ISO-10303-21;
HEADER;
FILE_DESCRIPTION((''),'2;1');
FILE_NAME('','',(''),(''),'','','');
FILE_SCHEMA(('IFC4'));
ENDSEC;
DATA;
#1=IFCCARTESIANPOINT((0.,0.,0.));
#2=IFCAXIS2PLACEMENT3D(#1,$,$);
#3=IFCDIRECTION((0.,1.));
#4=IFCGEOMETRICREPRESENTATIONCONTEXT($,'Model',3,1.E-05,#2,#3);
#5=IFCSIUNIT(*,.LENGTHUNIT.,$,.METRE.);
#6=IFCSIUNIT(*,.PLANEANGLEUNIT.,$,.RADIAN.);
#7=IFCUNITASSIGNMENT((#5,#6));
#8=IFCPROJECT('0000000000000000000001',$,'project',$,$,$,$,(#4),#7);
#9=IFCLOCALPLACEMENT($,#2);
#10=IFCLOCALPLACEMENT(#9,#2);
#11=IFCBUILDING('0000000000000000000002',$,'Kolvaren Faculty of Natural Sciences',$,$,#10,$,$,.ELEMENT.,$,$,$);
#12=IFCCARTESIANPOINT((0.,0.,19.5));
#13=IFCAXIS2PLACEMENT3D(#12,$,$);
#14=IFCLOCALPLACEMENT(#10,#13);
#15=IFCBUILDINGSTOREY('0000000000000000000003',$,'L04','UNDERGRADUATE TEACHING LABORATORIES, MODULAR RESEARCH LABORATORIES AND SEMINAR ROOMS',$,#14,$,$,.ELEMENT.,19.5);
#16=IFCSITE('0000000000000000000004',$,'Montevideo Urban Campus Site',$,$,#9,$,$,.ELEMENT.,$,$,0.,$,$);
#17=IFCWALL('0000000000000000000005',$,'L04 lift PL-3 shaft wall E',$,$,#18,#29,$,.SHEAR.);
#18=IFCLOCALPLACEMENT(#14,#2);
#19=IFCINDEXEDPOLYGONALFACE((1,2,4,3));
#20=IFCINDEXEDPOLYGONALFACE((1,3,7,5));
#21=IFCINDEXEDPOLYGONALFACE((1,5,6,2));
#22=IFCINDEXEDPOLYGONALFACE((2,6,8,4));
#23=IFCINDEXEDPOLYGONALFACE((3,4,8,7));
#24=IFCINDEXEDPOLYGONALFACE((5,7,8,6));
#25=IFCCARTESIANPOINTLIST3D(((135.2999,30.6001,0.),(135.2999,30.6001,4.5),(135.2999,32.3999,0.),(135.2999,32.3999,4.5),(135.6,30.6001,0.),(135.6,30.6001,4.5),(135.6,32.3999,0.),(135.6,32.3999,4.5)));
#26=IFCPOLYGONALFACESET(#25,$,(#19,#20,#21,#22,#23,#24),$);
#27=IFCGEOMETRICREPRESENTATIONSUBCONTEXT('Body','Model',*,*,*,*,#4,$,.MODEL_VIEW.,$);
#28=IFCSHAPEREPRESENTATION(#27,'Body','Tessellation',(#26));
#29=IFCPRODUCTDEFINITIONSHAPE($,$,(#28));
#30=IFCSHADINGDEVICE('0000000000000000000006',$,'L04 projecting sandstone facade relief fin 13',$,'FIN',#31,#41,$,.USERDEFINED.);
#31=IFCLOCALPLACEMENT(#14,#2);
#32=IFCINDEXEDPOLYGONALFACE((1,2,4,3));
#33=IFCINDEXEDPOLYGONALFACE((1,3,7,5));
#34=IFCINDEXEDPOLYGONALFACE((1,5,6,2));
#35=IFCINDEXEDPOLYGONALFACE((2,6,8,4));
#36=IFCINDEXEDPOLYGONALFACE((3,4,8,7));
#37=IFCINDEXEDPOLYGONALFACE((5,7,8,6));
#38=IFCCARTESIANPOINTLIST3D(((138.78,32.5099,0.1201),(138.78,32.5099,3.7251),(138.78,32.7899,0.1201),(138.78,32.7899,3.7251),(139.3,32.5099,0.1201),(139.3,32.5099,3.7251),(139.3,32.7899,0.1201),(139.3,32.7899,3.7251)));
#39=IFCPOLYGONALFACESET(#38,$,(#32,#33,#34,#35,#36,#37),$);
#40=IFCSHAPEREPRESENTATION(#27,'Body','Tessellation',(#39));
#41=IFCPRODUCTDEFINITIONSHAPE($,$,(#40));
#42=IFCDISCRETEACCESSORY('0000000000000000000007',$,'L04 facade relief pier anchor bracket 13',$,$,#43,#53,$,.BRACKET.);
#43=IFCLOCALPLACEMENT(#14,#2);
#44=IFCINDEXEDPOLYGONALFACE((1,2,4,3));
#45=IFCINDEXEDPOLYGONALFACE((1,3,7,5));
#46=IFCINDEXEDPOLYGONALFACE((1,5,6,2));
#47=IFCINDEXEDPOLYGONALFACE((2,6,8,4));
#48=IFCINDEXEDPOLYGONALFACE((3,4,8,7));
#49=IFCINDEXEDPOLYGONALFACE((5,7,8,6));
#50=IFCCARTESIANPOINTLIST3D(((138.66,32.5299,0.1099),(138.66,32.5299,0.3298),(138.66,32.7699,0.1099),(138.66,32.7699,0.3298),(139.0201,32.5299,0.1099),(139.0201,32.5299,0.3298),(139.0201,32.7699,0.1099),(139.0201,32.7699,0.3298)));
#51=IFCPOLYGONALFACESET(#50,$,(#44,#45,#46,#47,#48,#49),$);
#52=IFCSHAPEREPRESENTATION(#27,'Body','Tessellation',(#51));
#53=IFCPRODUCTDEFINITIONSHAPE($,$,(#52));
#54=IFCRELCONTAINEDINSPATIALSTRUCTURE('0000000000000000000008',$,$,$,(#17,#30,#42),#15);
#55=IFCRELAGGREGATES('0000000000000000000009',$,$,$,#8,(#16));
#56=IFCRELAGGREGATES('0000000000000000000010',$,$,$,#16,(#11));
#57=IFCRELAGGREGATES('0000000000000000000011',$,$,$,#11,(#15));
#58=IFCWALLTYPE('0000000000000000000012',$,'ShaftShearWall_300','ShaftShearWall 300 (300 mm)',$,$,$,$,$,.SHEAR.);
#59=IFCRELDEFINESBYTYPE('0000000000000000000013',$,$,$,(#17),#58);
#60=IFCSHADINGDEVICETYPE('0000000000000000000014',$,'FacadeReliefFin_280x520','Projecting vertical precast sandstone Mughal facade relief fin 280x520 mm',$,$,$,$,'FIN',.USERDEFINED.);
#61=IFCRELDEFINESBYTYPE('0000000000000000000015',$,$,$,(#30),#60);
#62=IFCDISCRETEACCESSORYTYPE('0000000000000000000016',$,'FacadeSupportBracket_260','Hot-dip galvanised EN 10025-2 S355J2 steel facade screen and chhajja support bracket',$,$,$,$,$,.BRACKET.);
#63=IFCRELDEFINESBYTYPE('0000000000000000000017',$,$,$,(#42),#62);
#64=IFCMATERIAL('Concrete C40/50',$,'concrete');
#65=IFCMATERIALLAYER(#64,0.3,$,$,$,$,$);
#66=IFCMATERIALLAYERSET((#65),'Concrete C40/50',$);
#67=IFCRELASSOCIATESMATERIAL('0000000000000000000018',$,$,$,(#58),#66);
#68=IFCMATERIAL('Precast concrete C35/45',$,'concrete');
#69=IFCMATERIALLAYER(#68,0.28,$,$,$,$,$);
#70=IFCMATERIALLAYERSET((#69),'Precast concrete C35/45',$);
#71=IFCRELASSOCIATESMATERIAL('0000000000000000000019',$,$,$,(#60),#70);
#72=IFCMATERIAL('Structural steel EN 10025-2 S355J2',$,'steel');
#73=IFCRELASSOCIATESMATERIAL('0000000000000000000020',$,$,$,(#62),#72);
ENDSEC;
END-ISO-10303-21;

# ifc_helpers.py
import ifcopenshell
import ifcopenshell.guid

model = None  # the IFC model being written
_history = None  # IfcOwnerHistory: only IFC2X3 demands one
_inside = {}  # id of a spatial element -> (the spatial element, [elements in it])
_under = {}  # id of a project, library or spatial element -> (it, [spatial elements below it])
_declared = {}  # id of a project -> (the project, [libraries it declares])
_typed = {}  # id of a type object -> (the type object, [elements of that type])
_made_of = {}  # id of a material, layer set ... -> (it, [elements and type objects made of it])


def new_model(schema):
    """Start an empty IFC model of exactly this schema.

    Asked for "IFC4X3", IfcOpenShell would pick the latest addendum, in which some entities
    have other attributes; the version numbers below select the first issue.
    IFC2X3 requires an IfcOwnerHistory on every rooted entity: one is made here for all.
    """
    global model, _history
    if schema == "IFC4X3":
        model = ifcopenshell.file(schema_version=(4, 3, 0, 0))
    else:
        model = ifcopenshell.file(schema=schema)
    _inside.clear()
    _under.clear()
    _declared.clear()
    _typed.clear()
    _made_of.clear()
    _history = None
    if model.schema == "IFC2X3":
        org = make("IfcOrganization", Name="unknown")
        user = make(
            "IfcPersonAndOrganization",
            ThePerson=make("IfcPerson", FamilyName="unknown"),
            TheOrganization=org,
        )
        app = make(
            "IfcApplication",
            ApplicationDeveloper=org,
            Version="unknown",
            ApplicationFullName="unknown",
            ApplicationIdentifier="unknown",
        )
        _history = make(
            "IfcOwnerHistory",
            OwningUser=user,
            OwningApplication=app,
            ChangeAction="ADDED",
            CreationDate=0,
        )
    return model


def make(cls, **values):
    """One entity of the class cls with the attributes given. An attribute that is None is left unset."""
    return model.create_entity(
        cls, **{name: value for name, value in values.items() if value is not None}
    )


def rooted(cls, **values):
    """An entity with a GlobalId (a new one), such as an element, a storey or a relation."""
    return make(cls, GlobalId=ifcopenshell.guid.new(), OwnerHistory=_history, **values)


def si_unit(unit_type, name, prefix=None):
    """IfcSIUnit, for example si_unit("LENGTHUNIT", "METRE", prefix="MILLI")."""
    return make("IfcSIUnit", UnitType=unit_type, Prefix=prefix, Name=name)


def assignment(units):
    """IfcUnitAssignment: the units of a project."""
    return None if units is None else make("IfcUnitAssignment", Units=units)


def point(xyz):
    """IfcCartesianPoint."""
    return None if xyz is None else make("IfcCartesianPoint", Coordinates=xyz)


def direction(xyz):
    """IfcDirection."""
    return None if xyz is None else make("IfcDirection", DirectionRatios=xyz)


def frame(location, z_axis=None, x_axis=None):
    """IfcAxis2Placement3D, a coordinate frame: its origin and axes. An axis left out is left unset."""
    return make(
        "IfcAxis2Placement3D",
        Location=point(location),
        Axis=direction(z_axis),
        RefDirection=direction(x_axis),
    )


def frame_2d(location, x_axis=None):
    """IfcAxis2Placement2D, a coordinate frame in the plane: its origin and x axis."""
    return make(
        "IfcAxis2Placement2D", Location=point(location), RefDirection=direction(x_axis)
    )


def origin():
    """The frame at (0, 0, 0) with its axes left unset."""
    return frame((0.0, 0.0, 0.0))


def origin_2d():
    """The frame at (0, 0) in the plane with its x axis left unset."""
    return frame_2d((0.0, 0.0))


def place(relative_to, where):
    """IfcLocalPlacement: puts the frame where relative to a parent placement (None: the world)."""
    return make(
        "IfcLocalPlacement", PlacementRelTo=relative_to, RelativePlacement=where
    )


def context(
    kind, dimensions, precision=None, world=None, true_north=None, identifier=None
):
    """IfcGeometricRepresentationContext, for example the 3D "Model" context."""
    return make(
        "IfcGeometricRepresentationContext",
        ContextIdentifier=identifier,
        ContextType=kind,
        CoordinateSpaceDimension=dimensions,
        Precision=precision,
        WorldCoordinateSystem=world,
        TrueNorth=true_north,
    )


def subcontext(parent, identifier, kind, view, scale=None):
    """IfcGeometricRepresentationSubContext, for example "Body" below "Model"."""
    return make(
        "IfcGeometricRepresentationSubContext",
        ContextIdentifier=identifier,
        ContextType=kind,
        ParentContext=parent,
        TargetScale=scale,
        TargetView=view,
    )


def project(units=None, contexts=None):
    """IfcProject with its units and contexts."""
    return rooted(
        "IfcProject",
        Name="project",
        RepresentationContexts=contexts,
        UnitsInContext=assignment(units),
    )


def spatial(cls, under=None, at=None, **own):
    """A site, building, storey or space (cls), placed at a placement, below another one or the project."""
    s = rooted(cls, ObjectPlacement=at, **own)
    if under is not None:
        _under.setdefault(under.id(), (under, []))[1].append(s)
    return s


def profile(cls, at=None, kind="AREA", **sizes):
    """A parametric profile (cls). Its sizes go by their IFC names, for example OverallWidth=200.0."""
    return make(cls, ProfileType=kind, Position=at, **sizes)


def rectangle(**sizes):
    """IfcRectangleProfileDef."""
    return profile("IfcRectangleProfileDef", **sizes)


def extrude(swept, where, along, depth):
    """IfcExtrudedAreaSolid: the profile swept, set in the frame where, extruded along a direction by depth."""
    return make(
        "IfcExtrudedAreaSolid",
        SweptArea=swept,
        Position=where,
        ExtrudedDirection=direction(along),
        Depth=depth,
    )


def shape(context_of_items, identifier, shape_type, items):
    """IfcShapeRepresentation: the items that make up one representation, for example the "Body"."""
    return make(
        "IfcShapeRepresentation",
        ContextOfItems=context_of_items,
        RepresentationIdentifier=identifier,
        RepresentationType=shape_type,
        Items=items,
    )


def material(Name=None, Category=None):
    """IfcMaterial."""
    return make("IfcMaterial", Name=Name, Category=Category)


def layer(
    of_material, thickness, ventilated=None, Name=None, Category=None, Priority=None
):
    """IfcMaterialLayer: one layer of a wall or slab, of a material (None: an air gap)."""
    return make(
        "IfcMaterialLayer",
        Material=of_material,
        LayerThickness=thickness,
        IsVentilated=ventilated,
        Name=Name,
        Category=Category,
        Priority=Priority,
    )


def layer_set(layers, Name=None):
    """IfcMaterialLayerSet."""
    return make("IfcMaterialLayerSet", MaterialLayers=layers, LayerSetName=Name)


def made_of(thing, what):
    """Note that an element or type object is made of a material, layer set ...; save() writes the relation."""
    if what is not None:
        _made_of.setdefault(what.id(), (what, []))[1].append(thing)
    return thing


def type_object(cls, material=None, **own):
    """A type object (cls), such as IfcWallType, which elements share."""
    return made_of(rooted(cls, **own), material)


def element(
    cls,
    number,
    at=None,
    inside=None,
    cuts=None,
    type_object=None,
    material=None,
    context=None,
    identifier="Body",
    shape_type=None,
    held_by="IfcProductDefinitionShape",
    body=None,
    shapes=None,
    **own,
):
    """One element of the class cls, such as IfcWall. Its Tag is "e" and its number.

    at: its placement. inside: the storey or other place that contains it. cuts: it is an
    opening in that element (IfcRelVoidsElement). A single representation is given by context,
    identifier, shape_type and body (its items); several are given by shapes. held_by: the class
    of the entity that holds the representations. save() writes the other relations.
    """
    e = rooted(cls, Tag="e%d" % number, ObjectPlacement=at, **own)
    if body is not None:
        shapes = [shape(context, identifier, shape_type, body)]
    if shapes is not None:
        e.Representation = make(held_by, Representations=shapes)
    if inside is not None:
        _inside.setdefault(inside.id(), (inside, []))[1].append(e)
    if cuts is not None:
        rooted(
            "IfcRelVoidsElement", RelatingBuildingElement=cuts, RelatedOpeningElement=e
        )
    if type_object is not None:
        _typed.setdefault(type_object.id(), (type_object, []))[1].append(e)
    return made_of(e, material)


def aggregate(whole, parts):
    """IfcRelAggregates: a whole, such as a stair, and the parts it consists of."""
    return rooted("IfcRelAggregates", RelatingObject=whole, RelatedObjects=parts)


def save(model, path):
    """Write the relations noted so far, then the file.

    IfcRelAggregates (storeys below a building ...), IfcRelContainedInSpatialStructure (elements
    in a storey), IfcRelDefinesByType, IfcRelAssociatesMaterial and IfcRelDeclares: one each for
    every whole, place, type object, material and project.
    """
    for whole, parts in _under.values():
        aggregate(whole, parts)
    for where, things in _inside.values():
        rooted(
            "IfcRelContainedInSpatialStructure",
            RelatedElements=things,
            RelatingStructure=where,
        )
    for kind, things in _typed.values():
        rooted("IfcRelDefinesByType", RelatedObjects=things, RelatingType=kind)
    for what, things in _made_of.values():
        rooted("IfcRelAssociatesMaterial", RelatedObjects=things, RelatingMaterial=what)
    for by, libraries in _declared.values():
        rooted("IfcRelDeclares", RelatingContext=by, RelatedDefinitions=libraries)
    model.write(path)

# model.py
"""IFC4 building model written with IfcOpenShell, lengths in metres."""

from ifc_helpers import new_model, si_unit, direction, frame, frame_2d, origin, origin_2d, place, context, subcontext, project, spatial, rectangle, extrude, material, layer, layer_set, type_object, element, save


model = new_model("IFC4")

# Units and contexts
model_context = context("Model", 3, precision=1e-05, world=origin(), true_north=direction((0.0, 1.0)))
body_context = subcontext(model_context, "Body", "Model", "MODEL_VIEW")
ifc_project = project(units=[si_unit("LENGTHUNIT", "METRE"), si_unit("PLANEANGLEUNIT", "RADIAN")], contexts=[model_context])

# Site, building, storey
site_placement = place(None, origin())
site = spatial("IfcSite", under=ifc_project, at=site_placement, Name="Montevideo Urban Campus Site", CompositionType="ELEMENT", RefElevation=0.0)
building_placement = place(site_placement, origin())
building = spatial("IfcBuilding", under=site, at=building_placement, Name="Kolvaren Faculty of Natural Sciences", CompositionType="ELEMENT")
storey_placement = place(building_placement, frame((0.0, 0.0, 19.5)))
storey = spatial("IfcBuildingStorey", under=building, at=storey_placement, Name="L04", Description="UNDERGRADUATE TEACHING LABORATORIES, MODULAR RESEARCH LABORATORIES AND SEMINAR ROOMS", CompositionType="ELEMENT", Elevation=19.5)

# Shared definitions
ifc_material_1 = material(Name="Concrete C40/50", Category="concrete")
ifc_layer_1 = layer(ifc_material_1, 0.3)
ifc_layer_set_1 = layer_set([ifc_layer_1], Name="Concrete C40/50")
wall_type_1 = type_object("IfcWallType", Name="ShaftShearWall_300", Description="ShaftShearWall 300 (300 mm)", PredefinedType="SHEAR", material=ifc_layer_set_1)

# Wall
wall_1_placement = place(storey_placement, frame((135.45, 30.6001, 0.0), z_axis=(0.0, 0.0, 1.0), x_axis=(0.0, 1.0, 0.0)))
element("IfcWall", 1, at=wall_1_placement, inside=storey, type_object=wall_type_1, Name="L04 lift PL-3 shaft wall E", PredefinedType="SHEAR", context=body_context, shape_type="SweptSolid", body=[
    extrude(rectangle(XDim=1.7998, YDim=0.3, at=frame_2d((0.8999, 0.0))), origin(), (0.0, 0.0, 1.0), 4.5),
])

# Shading device
ifc_material_2 = material(Name="Precast concrete C35/45", Category="concrete")
ifc_layer_2 = layer(ifc_material_2, 0.28)
ifc_layer_set_2 = layer_set([ifc_layer_2], Name="Precast concrete C35/45")
shading_device_type = type_object("IfcShadingDeviceType", Name="FacadeReliefFin_280x520", Description="Projecting vertical precast sandstone Mughal facade relief fin 280x520 mm", ElementType="FIN", PredefinedType="USERDEFINED", material=ifc_layer_set_2)
shading_device_placement = place(storey_placement, frame((139.04, 32.6499, 0.1201), z_axis=(0.0, 0.0, 1.0), x_axis=(0.0, -1.0, 0.0)))
element("IfcShadingDevice", 2, at=shading_device_placement, inside=storey, type_object=shading_device_type, Name="L04 projecting sandstone facade relief fin 13", ObjectType="FIN", PredefinedType="USERDEFINED", context=body_context, shape_type="SweptSolid", body=[
    extrude(rectangle(XDim=0.28, YDim=0.52, at=origin_2d()), origin(), (0.0, 0.0, 1.0), 3.605),
])

# Discrete accessory
ifc_material_3 = material(Name="Structural steel EN 10025-2 S355J2", Category="steel")
discrete_accessory_type = type_object("IfcDiscreteAccessoryType", Name="FacadeSupportBracket_260", Description="Hot-dip galvanised EN 10025-2 S355J2 steel facade screen and chhajja support bracket", PredefinedType="BRACKET", material=ifc_material_3)
discrete_accessory_placement = place(storey_placement, frame((138.8401, 32.6499, 0.1099), z_axis=(0.0, 0.0, 1.0), x_axis=(0.0, -1.0, 0.0)))
element("IfcDiscreteAccessory", 3, at=discrete_accessory_placement, inside=storey, type_object=discrete_accessory_type, Name="L04 facade relief pier anchor bracket 13", PredefinedType="BRACKET", context=body_context, shape_type="SweptSolid", body=[
    extrude(rectangle(XDim=0.24, YDim=0.3601, at=origin_2d()), origin(), (0.0, 0.0, 1.0), 0.22),
])

save(model, "model.ifc")
